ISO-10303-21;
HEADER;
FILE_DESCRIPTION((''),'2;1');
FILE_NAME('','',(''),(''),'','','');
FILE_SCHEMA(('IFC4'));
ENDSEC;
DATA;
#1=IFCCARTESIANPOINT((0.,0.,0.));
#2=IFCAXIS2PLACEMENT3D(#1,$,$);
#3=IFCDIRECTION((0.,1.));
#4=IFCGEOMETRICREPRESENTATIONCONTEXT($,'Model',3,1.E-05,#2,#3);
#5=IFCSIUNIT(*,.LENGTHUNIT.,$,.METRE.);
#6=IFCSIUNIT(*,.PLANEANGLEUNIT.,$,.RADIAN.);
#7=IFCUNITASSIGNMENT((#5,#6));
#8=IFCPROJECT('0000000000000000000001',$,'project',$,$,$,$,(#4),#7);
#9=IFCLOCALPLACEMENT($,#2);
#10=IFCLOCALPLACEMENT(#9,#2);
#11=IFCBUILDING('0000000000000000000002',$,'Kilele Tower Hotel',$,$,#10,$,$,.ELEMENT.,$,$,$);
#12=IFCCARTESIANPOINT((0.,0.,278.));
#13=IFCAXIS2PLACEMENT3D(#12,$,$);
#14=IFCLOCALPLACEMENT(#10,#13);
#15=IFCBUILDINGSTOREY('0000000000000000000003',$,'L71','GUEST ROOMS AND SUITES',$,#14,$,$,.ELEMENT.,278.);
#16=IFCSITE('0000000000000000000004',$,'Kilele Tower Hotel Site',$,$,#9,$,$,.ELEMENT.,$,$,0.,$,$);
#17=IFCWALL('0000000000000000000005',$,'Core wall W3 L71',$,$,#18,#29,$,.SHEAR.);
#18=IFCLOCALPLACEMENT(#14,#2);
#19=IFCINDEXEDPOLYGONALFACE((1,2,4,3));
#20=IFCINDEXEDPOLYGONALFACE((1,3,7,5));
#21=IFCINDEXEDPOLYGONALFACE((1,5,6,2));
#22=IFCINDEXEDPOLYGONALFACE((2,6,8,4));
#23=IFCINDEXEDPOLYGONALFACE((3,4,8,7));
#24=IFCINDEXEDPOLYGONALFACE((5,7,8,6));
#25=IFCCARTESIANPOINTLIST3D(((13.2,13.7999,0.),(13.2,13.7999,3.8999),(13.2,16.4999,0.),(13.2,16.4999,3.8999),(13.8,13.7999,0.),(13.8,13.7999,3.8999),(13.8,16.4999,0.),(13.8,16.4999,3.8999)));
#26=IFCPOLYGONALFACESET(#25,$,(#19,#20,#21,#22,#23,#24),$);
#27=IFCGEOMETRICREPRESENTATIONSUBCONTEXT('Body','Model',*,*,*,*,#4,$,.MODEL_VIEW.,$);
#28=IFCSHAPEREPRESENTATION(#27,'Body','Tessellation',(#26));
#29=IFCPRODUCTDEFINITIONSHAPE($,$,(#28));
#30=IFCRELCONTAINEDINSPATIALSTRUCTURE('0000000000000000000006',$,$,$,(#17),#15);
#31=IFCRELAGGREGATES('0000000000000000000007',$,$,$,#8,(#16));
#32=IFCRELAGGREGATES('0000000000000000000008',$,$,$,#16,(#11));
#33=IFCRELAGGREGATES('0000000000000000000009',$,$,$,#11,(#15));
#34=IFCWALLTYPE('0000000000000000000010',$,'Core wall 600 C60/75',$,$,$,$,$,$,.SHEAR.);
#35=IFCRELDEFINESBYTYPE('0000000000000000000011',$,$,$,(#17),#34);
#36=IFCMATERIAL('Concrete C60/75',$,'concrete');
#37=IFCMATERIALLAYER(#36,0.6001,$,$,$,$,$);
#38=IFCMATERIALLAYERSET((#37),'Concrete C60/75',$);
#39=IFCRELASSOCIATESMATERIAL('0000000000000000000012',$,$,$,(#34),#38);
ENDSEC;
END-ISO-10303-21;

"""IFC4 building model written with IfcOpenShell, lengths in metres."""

from ifc_helpers import new_model, si_unit, direction, frame, frame_2d, origin, place, context, subcontext, project, spatial, rectangle, extrude, material, layer, layer_set, type_object, element, save


model = new_model("IFC4")

# Units and contexts
model_context = context("Model", 3, precision=1e-05, world=origin(), true_north=direction((0.0, 1.0)))
body_context = subcontext(model_context, "Body", "Model", "MODEL_VIEW")
ifc_project = project(units=[si_unit("LENGTHUNIT", "METRE"), si_unit("PLANEANGLEUNIT", "RADIAN")], contexts=[model_context])

# Site, building, storey
site_placement = place(None, origin())
site = spatial("IfcSite", under=ifc_project, at=site_placement, Name="Kilele Tower Hotel Site", CompositionType="ELEMENT", RefElevation=0.0)
building_placement = place(site_placement, origin())
building = spatial("IfcBuilding", under=site, at=building_placement, Name="Kilele Tower Hotel", CompositionType="ELEMENT")
storey_placement = place(building_placement, frame((0.0, 0.0, 278.0)))
storey = spatial("IfcBuildingStorey", under=building, at=storey_placement, Name="L71", Description="GUEST ROOMS AND SUITES", CompositionType="ELEMENT", Elevation=278.0)

# Shared definitions
ifc_material_1 = material(Name="Concrete C60/75", Category="concrete")
ifc_layer = layer(ifc_material_1, 0.6001)
ifc_layer_set = layer_set([ifc_layer], Name="Concrete C60/75")
wall_type = type_object("IfcWallType", Name="Core wall 600 C60/75", PredefinedType="SHEAR", material=ifc_layer_set)

# Wall
wall_1_placement = place(storey_placement, frame((13.5, 16.5, 0.0), z_axis=(0.0, 0.0, 1.0), x_axis=(0.0, -1.0, 0.0)))
element("IfcWall", 1, at=wall_1_placement, inside=storey, type_object=wall_type, Name="Core wall W3 L71", PredefinedType="SHEAR", context=body_context, shape_type="SweptSolid", body=[
    extrude(rectangle(XDim=2.7, YDim=0.6001, at=frame_2d((1.3501, 0.0))), origin(), (0.0, 0.0, 1.0), 3.8999),
])

save(model, "model.ifc")
